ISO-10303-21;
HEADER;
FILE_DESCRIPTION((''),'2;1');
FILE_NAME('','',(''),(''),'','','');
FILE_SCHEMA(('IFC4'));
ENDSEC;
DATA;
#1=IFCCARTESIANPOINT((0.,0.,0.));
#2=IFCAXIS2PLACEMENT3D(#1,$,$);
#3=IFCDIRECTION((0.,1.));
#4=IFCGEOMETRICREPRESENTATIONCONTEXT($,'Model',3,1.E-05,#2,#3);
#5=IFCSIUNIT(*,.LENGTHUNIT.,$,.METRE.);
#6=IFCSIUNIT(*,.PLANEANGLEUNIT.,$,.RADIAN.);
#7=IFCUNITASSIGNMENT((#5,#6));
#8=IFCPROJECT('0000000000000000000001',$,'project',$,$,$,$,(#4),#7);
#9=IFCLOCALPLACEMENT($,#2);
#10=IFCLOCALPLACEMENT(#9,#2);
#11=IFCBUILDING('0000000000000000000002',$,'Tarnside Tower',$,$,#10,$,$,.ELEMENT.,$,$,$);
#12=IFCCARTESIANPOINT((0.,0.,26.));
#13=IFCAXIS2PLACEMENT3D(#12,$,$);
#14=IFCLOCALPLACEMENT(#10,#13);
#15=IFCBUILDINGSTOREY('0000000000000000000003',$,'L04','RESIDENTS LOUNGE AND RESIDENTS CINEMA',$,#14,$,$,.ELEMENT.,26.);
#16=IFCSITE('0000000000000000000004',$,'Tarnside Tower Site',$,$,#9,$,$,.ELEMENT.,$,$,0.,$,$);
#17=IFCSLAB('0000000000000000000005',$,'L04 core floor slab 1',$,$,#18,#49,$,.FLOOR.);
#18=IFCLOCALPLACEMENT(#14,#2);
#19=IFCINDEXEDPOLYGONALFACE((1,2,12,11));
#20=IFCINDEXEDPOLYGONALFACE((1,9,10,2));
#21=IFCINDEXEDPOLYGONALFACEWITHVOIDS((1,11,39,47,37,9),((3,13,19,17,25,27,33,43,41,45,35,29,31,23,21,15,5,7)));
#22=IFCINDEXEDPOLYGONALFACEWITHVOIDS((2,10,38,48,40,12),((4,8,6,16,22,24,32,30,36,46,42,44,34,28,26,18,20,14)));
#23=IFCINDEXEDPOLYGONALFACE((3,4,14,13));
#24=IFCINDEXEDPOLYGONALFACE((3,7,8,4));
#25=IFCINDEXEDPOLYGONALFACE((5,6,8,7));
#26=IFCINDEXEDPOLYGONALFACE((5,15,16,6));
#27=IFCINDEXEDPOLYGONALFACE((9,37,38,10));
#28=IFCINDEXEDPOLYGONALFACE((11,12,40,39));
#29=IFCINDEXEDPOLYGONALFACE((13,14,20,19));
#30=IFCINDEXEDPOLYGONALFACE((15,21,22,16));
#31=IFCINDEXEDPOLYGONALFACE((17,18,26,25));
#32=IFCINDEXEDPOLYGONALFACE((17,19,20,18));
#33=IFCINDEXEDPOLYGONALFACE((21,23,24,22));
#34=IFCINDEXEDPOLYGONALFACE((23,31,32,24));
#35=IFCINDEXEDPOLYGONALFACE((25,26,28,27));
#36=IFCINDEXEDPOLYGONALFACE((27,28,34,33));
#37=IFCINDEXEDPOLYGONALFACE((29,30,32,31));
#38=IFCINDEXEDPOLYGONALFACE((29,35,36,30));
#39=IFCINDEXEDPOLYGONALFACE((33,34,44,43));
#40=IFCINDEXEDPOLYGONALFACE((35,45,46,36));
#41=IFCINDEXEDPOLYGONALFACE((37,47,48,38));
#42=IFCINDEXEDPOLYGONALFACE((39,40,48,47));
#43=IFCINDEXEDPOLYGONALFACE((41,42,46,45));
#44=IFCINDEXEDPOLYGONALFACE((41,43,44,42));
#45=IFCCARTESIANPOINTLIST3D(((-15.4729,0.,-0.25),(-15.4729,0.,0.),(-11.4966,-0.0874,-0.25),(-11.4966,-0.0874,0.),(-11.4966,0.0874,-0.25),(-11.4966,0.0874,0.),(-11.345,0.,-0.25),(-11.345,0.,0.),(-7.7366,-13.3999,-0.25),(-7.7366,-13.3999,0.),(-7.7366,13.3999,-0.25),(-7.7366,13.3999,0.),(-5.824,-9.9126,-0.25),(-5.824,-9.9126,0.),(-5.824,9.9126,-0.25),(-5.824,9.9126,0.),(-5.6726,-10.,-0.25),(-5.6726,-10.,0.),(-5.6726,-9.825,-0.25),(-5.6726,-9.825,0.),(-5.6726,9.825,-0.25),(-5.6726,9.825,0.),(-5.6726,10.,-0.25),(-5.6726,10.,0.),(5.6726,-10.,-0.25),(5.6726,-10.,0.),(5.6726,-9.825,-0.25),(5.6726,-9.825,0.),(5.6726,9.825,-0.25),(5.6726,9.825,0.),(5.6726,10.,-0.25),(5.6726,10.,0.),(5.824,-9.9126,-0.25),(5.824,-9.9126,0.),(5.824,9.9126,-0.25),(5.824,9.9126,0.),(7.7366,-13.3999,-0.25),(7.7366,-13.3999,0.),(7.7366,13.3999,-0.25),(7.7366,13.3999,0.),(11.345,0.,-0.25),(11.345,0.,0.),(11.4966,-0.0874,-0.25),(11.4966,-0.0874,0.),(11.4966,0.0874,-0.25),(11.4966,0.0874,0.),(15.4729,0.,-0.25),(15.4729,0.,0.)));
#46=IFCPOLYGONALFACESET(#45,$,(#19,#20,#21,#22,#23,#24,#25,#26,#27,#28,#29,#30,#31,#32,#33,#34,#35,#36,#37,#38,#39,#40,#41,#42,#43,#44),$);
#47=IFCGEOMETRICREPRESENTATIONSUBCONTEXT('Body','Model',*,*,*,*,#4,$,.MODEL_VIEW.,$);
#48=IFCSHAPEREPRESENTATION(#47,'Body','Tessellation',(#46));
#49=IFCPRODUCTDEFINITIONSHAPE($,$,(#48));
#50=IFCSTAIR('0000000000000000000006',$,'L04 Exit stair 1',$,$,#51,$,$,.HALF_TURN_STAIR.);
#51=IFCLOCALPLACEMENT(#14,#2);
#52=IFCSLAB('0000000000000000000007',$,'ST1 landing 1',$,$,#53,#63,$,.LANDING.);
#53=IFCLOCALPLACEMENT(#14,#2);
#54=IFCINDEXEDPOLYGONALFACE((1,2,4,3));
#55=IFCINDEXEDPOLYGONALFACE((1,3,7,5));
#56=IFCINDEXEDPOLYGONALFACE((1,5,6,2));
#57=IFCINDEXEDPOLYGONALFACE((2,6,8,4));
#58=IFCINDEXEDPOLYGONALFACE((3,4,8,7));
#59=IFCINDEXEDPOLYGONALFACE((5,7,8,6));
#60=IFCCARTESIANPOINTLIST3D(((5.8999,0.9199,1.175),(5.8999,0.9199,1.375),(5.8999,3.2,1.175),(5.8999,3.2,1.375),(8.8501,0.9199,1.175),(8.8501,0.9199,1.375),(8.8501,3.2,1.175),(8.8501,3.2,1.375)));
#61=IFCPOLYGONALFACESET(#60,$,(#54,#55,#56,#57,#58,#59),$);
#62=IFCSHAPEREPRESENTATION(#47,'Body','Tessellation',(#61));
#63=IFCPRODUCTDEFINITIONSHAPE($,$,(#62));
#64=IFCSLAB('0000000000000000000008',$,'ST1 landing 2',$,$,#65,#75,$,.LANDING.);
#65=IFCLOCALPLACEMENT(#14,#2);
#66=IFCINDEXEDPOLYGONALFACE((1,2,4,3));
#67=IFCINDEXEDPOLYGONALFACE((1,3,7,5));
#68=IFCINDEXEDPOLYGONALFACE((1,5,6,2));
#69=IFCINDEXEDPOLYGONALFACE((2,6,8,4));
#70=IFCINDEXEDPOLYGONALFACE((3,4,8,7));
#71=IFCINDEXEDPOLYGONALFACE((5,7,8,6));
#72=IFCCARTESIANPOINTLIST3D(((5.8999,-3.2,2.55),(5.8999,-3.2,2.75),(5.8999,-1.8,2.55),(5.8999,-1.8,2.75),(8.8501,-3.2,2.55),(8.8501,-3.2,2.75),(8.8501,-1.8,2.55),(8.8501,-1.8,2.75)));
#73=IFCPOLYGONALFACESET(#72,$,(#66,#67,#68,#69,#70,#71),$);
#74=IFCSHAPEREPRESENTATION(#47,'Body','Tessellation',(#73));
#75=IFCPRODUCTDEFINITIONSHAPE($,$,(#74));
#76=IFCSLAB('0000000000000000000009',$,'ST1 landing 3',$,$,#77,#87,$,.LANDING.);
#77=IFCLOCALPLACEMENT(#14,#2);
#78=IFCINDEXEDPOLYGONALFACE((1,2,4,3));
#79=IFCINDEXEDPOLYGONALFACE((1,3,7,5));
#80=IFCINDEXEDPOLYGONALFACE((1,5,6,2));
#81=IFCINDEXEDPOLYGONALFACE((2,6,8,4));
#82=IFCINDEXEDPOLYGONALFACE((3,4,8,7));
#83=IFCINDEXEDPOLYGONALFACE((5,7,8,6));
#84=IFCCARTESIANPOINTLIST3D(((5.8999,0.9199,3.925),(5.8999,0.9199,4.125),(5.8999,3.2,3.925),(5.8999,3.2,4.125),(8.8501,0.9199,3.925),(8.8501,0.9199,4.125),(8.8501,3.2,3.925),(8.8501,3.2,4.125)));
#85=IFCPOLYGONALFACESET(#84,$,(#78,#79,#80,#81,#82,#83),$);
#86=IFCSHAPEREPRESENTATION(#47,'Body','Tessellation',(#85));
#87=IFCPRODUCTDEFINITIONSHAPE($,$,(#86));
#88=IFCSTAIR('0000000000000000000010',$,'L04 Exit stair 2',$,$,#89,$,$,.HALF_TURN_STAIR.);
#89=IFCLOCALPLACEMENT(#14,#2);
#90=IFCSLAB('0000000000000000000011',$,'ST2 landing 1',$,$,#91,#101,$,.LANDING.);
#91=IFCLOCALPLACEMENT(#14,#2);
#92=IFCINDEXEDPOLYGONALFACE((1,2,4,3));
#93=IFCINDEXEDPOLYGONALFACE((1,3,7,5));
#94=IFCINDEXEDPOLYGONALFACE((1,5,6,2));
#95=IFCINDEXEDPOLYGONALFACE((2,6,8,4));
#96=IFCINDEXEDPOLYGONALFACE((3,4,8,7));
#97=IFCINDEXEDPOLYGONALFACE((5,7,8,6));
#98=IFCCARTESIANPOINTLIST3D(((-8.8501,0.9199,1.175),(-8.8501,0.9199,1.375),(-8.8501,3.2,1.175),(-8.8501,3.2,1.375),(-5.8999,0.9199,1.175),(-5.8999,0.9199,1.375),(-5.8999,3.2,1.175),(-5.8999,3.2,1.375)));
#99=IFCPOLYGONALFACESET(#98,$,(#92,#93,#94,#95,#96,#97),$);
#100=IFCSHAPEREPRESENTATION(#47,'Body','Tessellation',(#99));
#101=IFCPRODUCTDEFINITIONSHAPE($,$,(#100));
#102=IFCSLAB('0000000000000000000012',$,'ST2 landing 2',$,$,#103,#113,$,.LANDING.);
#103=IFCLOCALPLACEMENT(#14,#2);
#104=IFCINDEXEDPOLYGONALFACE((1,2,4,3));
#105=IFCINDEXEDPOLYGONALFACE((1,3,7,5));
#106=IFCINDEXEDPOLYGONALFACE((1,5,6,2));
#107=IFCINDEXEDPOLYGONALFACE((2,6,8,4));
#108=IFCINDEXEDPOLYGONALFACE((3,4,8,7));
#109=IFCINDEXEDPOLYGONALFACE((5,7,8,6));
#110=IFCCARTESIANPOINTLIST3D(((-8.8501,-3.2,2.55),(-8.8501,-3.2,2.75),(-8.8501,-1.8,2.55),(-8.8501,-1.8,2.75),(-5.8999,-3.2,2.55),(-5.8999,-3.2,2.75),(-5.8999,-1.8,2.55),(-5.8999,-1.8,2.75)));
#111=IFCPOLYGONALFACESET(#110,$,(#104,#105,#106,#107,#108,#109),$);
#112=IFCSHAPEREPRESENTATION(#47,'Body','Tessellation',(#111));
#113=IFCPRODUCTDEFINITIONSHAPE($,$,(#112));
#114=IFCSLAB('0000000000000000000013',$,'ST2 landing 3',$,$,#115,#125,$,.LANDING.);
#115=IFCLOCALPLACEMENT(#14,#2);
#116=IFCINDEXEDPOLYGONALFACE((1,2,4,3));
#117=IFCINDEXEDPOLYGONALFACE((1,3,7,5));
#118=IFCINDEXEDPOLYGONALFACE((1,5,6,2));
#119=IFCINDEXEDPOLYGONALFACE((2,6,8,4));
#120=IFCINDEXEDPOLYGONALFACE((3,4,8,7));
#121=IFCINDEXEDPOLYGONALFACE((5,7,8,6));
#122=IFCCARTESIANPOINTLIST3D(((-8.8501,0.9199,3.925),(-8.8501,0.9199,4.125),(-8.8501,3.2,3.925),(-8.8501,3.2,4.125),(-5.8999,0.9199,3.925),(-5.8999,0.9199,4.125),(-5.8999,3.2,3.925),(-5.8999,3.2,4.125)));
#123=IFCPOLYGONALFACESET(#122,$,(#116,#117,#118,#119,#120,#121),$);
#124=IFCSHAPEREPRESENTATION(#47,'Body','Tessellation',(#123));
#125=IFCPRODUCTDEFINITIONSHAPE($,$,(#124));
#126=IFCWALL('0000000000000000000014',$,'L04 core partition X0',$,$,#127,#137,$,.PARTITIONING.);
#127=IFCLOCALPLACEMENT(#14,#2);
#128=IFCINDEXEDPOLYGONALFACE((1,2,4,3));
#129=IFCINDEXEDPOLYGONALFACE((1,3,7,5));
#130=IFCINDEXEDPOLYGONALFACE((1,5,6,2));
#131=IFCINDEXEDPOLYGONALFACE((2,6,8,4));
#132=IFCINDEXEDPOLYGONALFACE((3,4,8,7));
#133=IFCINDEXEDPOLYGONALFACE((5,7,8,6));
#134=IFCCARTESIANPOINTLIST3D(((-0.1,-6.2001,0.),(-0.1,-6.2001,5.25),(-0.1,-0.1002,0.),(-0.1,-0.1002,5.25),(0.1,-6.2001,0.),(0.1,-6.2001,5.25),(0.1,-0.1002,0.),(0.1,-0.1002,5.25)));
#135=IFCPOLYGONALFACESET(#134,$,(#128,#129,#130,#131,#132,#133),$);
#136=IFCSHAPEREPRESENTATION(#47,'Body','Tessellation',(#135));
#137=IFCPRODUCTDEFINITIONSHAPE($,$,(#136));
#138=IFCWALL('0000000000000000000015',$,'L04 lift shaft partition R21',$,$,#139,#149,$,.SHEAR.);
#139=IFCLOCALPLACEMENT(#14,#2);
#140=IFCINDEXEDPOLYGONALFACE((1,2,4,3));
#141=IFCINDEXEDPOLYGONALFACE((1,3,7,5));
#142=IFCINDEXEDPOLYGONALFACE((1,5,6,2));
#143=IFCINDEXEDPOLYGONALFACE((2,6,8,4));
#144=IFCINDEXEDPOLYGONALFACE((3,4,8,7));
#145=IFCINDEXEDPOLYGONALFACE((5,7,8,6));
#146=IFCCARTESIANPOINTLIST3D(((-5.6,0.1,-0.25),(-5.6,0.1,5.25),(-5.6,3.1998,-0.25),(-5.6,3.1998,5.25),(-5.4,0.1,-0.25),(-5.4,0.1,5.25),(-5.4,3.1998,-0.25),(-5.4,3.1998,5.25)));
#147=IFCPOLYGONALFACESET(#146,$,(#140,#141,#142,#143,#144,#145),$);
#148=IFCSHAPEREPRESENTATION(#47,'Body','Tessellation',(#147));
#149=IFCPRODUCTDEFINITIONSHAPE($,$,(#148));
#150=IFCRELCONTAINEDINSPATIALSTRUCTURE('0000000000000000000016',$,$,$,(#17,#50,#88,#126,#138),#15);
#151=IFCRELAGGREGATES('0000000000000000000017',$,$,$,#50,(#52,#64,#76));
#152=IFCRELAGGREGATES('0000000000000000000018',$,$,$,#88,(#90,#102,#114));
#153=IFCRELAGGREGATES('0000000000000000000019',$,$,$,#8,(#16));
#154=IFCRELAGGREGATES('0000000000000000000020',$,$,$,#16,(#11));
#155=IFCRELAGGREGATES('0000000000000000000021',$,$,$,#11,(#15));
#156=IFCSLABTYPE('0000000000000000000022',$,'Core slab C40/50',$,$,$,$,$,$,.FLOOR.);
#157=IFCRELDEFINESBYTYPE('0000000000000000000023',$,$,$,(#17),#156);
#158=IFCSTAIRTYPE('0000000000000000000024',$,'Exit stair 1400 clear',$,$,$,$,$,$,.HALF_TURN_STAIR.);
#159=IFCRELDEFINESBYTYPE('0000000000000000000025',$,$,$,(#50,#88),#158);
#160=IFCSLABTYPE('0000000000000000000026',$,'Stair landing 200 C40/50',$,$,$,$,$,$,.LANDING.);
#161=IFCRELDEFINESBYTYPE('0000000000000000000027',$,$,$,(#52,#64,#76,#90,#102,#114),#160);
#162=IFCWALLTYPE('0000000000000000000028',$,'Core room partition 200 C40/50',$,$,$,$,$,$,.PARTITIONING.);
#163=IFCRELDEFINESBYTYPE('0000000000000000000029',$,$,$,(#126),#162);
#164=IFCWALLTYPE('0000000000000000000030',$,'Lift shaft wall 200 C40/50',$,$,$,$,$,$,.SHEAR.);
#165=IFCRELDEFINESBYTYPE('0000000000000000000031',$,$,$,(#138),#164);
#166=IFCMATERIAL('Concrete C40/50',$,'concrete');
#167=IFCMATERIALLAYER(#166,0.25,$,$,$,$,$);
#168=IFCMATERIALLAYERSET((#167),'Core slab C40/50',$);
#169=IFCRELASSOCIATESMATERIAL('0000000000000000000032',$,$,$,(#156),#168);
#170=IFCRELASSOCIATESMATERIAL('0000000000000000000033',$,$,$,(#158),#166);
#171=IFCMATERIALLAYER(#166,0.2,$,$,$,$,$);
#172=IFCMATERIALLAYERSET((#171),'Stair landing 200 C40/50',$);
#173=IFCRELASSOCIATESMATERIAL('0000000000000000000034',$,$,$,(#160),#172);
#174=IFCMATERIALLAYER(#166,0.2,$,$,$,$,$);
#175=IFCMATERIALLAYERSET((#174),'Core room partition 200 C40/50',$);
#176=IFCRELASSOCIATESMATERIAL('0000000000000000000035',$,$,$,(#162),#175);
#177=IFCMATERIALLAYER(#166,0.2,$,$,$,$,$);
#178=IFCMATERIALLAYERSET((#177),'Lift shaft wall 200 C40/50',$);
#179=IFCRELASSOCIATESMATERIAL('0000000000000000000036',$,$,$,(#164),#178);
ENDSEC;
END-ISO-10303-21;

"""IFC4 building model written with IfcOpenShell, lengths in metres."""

from ifc_helpers import new_model, si_unit, direction, frame, frame_2d, origin, place, context, subcontext, project, spatial, polyline, rectangle, outline, extrude, material, layer, layer_set, type_object, element, aggregate, save


model = new_model("IFC4")

# Units and contexts
model_context = context("Model", 3, precision=1e-05, world=origin(), true_north=direction((0.0, 1.0)))
body_context = subcontext(model_context, "Body", "Model", "MODEL_VIEW")
ifc_project = project(units=[si_unit("LENGTHUNIT", "METRE"), si_unit("PLANEANGLEUNIT", "RADIAN")], contexts=[model_context])

# Site, building, storey
site_placement = place(None, origin())
site = spatial("IfcSite", under=ifc_project, at=site_placement, Name="Tarnside Tower Site", CompositionType="ELEMENT", RefElevation=0.0)
building_placement = place(site_placement, origin())
building = spatial("IfcBuilding", under=site, at=building_placement, Name="Tarnside Tower", CompositionType="ELEMENT")
storey_placement = place(building_placement, frame((0.0, 0.0, 26.0)))
storey = spatial("IfcBuildingStorey", under=building, at=storey_placement, Name="L04", Description="RESIDENTS LOUNGE AND RESIDENTS CINEMA", CompositionType="ELEMENT", Elevation=26.0)

# Slab
ifc_material_1 = material(Name="Concrete C40/50", Category="concrete")
ifc_layer_1 = layer(ifc_material_1, 0.25)
ifc_layer_set_1 = layer_set([ifc_layer_1], Name="Core slab C40/50")
slab_type_1 = type_object("IfcSlabType", Name="Core slab C40/50", PredefinedType="FLOOR", material=ifc_layer_set_1)
slab_1_placement = place(storey_placement, frame((0.0, 0.0, -0.25)))
element("IfcSlab", 1, at=slab_1_placement, inside=storey, type_object=slab_type_1, Name="L04 core floor slab 1", PredefinedType="FLOOR", context=body_context, shape_type="SweptSolid", body=[
    extrude(outline(polyline([(-15.4729, 0.0), (-7.7366, 13.3999), (7.7366, 13.3999), (15.4729, 0.0), (7.7366, -13.3999), (-7.7366, -13.3999), (-15.4729, 0.0)]), holes=[polyline([(5.824, -9.9126), (11.4966, -0.0874), (11.345, 0.0), (11.4966, 0.0874), (5.824, 9.9126), (5.6726, 9.825), (5.6726, 10.0), (-5.6726, 10.0), (-5.6726, 9.825), (-5.824, 9.9126), (-11.4966, 0.0874), (-11.345, 0.0), (-11.4966, -0.0874), (-5.824, -9.9126), (-5.6726, -9.825), (-5.6726, -10.0), (5.6726, -10.0), (5.6726, -9.825), (5.824, -9.9126)])]), origin(), (0.0, 0.0, 1.0), 0.25),
])

# Stairs, slabs
stair_type = type_object("IfcStairType", Name="Exit stair 1400 clear", PredefinedType="HALF_TURN_STAIR", material=ifc_material_1)
stair_1_placement = place(storey_placement, origin())
stair_1 = element("IfcStair", 2, at=stair_1_placement, inside=storey, type_object=stair_type, Name="L04 Exit stair 1", PredefinedType="HALF_TURN_STAIR")
ifc_layer_2 = layer(ifc_material_1, 0.2)
ifc_layer_set_2 = layer_set([ifc_layer_2], Name="Stair landing 200 C40/50")
slab_type_2 = type_object("IfcSlabType", Name="Stair landing 200 C40/50", PredefinedType="LANDING", material=ifc_layer_set_2)
slab_2_placement = place(storey_placement, frame((0.0, 0.0, 1.175)))
slab_2 = element("IfcSlab", 3, at=slab_2_placement, type_object=slab_type_2, Name="ST1 landing 1", PredefinedType="LANDING", context=body_context, shape_type="SweptSolid", body=[
    extrude(outline(polyline([(8.8501, 0.9199), (8.8501, 3.2), (5.8999, 3.2), (5.8999, 0.9199), (8.8501, 0.9199)])), origin(), (0.0, 0.0, 1.0), 0.2),
])
slab_3_placement = place(storey_placement, frame((0.0, 0.0, 2.55)))
slab_3 = element("IfcSlab", 4, at=slab_3_placement, type_object=slab_type_2, Name="ST1 landing 2", PredefinedType="LANDING", context=body_context, shape_type="SweptSolid", body=[
    extrude(outline(polyline([(8.8501, -3.2), (8.8501, -1.8), (5.8999, -1.8), (5.8999, -3.2), (8.8501, -3.2)])), origin(), (0.0, 0.0, 1.0), 0.2),
])
slab_4_placement = place(storey_placement, frame((0.0, 0.0, 3.925)))
slab_4 = element("IfcSlab", 5, at=slab_4_placement, type_object=slab_type_2, Name="ST1 landing 3", PredefinedType="LANDING", context=body_context, shape_type="SweptSolid", body=[
    extrude(outline(polyline([(8.8501, 0.9199), (8.8501, 3.2), (5.8999, 3.2), (5.8999, 0.9199), (8.8501, 0.9199)])), origin(), (0.0, 0.0, 1.0), 0.2),
])
aggregate(stair_1, [slab_2, slab_3, slab_4])
stair_2_placement = place(storey_placement, origin())
stair_2 = element("IfcStair", 6, at=stair_2_placement, inside=storey, type_object=stair_type, Name="L04 Exit stair 2", PredefinedType="HALF_TURN_STAIR")
slab_5_placement = place(storey_placement, frame((0.0, 0.0, 1.175)))
slab_5 = element("IfcSlab", 7, at=slab_5_placement, type_object=slab_type_2, Name="ST2 landing 1", PredefinedType="LANDING", context=body_context, shape_type="SweptSolid", body=[
    extrude(outline(polyline([(-5.8999, 0.9199), (-5.8999, 3.2), (-8.8501, 3.2), (-8.8501, 0.9199), (-5.8999, 0.9199)])), origin(), (0.0, 0.0, 1.0), 0.2),
])
slab_6_placement = place(storey_placement, frame((0.0, 0.0, 2.55)))
slab_6 = element("IfcSlab", 8, at=slab_6_placement, type_object=slab_type_2, Name="ST2 landing 2", PredefinedType="LANDING", context=body_context, shape_type="SweptSolid", body=[
    extrude(outline(polyline([(-5.8999, -3.2), (-5.8999, -1.8), (-8.8501, -1.8), (-8.8501, -3.2), (-5.8999, -3.2)])), origin(), (0.0, 0.0, 1.0), 0.2),
])
slab_7_placement = place(storey_placement, frame((0.0, 0.0, 3.925)))
slab_7 = element("IfcSlab", 9, at=slab_7_placement, type_object=slab_type_2, Name="ST2 landing 3", PredefinedType="LANDING", context=body_context, shape_type="SweptSolid", body=[
    extrude(outline(polyline([(-5.8999, 0.9199), (-5.8999, 3.2), (-8.8501, 3.2), (-8.8501, 0.9199), (-5.8999, 0.9199)])), origin(), (0.0, 0.0, 1.0), 0.2),
])
aggregate(stair_2, [slab_5, slab_6, slab_7])

# Walls
ifc_layer_3 = layer(ifc_material_1, 0.2)
ifc_layer_set_3 = layer_set([ifc_layer_3], Name="Core room partition 200 C40/50")
wall_type_1 = type_object("IfcWallType", Name="Core room partition 200 C40/50", PredefinedType="PARTITIONING", material=ifc_layer_set_3)
wall_1_placement = place(storey_placement, frame((0.0, -6.2, 0.0), z_axis=(0.0, 0.0, 1.0), x_axis=(0.0, 1.0, 0.0)))
element("IfcWall", 10, at=wall_1_placement, inside=storey, type_object=wall_type_1, Name="L04 core partition X0", PredefinedType="PARTITIONING", context=body_context, shape_type="SweptSolid", body=[
    extrude(rectangle(XDim=6.0999, YDim=0.2, at=frame_2d((3.0498, 0.0))), origin(), (0.0, 0.0, 1.0), 5.25),
])
ifc_layer_4 = layer(ifc_material_1, 0.2)
ifc_layer_set_4 = layer_set([ifc_layer_4], Name="Lift shaft wall 200 C40/50")
wall_type_2 = type_object("IfcWallType", Name="Lift shaft wall 200 C40/50", PredefinedType="SHEAR", material=ifc_layer_set_4)
wall_2_placement = place(storey_placement, frame((-5.5, 0.1001, -0.25), z_axis=(0.0, 0.0, 1.0), x_axis=(0.0, 1.0, 0.0)))
element("IfcWall", 11, at=wall_2_placement, inside=storey, type_object=wall_type_2, Name="L04 lift shaft partition R21", PredefinedType="SHEAR", context=body_context, shape_type="SweptSolid", body=[
    extrude(rectangle(XDim=3.0999, YDim=0.2, at=frame_2d((1.5498, 0.0))), origin(), (0.0, 0.0, 1.0), 5.5),
])

save(model, "model.ifc")
